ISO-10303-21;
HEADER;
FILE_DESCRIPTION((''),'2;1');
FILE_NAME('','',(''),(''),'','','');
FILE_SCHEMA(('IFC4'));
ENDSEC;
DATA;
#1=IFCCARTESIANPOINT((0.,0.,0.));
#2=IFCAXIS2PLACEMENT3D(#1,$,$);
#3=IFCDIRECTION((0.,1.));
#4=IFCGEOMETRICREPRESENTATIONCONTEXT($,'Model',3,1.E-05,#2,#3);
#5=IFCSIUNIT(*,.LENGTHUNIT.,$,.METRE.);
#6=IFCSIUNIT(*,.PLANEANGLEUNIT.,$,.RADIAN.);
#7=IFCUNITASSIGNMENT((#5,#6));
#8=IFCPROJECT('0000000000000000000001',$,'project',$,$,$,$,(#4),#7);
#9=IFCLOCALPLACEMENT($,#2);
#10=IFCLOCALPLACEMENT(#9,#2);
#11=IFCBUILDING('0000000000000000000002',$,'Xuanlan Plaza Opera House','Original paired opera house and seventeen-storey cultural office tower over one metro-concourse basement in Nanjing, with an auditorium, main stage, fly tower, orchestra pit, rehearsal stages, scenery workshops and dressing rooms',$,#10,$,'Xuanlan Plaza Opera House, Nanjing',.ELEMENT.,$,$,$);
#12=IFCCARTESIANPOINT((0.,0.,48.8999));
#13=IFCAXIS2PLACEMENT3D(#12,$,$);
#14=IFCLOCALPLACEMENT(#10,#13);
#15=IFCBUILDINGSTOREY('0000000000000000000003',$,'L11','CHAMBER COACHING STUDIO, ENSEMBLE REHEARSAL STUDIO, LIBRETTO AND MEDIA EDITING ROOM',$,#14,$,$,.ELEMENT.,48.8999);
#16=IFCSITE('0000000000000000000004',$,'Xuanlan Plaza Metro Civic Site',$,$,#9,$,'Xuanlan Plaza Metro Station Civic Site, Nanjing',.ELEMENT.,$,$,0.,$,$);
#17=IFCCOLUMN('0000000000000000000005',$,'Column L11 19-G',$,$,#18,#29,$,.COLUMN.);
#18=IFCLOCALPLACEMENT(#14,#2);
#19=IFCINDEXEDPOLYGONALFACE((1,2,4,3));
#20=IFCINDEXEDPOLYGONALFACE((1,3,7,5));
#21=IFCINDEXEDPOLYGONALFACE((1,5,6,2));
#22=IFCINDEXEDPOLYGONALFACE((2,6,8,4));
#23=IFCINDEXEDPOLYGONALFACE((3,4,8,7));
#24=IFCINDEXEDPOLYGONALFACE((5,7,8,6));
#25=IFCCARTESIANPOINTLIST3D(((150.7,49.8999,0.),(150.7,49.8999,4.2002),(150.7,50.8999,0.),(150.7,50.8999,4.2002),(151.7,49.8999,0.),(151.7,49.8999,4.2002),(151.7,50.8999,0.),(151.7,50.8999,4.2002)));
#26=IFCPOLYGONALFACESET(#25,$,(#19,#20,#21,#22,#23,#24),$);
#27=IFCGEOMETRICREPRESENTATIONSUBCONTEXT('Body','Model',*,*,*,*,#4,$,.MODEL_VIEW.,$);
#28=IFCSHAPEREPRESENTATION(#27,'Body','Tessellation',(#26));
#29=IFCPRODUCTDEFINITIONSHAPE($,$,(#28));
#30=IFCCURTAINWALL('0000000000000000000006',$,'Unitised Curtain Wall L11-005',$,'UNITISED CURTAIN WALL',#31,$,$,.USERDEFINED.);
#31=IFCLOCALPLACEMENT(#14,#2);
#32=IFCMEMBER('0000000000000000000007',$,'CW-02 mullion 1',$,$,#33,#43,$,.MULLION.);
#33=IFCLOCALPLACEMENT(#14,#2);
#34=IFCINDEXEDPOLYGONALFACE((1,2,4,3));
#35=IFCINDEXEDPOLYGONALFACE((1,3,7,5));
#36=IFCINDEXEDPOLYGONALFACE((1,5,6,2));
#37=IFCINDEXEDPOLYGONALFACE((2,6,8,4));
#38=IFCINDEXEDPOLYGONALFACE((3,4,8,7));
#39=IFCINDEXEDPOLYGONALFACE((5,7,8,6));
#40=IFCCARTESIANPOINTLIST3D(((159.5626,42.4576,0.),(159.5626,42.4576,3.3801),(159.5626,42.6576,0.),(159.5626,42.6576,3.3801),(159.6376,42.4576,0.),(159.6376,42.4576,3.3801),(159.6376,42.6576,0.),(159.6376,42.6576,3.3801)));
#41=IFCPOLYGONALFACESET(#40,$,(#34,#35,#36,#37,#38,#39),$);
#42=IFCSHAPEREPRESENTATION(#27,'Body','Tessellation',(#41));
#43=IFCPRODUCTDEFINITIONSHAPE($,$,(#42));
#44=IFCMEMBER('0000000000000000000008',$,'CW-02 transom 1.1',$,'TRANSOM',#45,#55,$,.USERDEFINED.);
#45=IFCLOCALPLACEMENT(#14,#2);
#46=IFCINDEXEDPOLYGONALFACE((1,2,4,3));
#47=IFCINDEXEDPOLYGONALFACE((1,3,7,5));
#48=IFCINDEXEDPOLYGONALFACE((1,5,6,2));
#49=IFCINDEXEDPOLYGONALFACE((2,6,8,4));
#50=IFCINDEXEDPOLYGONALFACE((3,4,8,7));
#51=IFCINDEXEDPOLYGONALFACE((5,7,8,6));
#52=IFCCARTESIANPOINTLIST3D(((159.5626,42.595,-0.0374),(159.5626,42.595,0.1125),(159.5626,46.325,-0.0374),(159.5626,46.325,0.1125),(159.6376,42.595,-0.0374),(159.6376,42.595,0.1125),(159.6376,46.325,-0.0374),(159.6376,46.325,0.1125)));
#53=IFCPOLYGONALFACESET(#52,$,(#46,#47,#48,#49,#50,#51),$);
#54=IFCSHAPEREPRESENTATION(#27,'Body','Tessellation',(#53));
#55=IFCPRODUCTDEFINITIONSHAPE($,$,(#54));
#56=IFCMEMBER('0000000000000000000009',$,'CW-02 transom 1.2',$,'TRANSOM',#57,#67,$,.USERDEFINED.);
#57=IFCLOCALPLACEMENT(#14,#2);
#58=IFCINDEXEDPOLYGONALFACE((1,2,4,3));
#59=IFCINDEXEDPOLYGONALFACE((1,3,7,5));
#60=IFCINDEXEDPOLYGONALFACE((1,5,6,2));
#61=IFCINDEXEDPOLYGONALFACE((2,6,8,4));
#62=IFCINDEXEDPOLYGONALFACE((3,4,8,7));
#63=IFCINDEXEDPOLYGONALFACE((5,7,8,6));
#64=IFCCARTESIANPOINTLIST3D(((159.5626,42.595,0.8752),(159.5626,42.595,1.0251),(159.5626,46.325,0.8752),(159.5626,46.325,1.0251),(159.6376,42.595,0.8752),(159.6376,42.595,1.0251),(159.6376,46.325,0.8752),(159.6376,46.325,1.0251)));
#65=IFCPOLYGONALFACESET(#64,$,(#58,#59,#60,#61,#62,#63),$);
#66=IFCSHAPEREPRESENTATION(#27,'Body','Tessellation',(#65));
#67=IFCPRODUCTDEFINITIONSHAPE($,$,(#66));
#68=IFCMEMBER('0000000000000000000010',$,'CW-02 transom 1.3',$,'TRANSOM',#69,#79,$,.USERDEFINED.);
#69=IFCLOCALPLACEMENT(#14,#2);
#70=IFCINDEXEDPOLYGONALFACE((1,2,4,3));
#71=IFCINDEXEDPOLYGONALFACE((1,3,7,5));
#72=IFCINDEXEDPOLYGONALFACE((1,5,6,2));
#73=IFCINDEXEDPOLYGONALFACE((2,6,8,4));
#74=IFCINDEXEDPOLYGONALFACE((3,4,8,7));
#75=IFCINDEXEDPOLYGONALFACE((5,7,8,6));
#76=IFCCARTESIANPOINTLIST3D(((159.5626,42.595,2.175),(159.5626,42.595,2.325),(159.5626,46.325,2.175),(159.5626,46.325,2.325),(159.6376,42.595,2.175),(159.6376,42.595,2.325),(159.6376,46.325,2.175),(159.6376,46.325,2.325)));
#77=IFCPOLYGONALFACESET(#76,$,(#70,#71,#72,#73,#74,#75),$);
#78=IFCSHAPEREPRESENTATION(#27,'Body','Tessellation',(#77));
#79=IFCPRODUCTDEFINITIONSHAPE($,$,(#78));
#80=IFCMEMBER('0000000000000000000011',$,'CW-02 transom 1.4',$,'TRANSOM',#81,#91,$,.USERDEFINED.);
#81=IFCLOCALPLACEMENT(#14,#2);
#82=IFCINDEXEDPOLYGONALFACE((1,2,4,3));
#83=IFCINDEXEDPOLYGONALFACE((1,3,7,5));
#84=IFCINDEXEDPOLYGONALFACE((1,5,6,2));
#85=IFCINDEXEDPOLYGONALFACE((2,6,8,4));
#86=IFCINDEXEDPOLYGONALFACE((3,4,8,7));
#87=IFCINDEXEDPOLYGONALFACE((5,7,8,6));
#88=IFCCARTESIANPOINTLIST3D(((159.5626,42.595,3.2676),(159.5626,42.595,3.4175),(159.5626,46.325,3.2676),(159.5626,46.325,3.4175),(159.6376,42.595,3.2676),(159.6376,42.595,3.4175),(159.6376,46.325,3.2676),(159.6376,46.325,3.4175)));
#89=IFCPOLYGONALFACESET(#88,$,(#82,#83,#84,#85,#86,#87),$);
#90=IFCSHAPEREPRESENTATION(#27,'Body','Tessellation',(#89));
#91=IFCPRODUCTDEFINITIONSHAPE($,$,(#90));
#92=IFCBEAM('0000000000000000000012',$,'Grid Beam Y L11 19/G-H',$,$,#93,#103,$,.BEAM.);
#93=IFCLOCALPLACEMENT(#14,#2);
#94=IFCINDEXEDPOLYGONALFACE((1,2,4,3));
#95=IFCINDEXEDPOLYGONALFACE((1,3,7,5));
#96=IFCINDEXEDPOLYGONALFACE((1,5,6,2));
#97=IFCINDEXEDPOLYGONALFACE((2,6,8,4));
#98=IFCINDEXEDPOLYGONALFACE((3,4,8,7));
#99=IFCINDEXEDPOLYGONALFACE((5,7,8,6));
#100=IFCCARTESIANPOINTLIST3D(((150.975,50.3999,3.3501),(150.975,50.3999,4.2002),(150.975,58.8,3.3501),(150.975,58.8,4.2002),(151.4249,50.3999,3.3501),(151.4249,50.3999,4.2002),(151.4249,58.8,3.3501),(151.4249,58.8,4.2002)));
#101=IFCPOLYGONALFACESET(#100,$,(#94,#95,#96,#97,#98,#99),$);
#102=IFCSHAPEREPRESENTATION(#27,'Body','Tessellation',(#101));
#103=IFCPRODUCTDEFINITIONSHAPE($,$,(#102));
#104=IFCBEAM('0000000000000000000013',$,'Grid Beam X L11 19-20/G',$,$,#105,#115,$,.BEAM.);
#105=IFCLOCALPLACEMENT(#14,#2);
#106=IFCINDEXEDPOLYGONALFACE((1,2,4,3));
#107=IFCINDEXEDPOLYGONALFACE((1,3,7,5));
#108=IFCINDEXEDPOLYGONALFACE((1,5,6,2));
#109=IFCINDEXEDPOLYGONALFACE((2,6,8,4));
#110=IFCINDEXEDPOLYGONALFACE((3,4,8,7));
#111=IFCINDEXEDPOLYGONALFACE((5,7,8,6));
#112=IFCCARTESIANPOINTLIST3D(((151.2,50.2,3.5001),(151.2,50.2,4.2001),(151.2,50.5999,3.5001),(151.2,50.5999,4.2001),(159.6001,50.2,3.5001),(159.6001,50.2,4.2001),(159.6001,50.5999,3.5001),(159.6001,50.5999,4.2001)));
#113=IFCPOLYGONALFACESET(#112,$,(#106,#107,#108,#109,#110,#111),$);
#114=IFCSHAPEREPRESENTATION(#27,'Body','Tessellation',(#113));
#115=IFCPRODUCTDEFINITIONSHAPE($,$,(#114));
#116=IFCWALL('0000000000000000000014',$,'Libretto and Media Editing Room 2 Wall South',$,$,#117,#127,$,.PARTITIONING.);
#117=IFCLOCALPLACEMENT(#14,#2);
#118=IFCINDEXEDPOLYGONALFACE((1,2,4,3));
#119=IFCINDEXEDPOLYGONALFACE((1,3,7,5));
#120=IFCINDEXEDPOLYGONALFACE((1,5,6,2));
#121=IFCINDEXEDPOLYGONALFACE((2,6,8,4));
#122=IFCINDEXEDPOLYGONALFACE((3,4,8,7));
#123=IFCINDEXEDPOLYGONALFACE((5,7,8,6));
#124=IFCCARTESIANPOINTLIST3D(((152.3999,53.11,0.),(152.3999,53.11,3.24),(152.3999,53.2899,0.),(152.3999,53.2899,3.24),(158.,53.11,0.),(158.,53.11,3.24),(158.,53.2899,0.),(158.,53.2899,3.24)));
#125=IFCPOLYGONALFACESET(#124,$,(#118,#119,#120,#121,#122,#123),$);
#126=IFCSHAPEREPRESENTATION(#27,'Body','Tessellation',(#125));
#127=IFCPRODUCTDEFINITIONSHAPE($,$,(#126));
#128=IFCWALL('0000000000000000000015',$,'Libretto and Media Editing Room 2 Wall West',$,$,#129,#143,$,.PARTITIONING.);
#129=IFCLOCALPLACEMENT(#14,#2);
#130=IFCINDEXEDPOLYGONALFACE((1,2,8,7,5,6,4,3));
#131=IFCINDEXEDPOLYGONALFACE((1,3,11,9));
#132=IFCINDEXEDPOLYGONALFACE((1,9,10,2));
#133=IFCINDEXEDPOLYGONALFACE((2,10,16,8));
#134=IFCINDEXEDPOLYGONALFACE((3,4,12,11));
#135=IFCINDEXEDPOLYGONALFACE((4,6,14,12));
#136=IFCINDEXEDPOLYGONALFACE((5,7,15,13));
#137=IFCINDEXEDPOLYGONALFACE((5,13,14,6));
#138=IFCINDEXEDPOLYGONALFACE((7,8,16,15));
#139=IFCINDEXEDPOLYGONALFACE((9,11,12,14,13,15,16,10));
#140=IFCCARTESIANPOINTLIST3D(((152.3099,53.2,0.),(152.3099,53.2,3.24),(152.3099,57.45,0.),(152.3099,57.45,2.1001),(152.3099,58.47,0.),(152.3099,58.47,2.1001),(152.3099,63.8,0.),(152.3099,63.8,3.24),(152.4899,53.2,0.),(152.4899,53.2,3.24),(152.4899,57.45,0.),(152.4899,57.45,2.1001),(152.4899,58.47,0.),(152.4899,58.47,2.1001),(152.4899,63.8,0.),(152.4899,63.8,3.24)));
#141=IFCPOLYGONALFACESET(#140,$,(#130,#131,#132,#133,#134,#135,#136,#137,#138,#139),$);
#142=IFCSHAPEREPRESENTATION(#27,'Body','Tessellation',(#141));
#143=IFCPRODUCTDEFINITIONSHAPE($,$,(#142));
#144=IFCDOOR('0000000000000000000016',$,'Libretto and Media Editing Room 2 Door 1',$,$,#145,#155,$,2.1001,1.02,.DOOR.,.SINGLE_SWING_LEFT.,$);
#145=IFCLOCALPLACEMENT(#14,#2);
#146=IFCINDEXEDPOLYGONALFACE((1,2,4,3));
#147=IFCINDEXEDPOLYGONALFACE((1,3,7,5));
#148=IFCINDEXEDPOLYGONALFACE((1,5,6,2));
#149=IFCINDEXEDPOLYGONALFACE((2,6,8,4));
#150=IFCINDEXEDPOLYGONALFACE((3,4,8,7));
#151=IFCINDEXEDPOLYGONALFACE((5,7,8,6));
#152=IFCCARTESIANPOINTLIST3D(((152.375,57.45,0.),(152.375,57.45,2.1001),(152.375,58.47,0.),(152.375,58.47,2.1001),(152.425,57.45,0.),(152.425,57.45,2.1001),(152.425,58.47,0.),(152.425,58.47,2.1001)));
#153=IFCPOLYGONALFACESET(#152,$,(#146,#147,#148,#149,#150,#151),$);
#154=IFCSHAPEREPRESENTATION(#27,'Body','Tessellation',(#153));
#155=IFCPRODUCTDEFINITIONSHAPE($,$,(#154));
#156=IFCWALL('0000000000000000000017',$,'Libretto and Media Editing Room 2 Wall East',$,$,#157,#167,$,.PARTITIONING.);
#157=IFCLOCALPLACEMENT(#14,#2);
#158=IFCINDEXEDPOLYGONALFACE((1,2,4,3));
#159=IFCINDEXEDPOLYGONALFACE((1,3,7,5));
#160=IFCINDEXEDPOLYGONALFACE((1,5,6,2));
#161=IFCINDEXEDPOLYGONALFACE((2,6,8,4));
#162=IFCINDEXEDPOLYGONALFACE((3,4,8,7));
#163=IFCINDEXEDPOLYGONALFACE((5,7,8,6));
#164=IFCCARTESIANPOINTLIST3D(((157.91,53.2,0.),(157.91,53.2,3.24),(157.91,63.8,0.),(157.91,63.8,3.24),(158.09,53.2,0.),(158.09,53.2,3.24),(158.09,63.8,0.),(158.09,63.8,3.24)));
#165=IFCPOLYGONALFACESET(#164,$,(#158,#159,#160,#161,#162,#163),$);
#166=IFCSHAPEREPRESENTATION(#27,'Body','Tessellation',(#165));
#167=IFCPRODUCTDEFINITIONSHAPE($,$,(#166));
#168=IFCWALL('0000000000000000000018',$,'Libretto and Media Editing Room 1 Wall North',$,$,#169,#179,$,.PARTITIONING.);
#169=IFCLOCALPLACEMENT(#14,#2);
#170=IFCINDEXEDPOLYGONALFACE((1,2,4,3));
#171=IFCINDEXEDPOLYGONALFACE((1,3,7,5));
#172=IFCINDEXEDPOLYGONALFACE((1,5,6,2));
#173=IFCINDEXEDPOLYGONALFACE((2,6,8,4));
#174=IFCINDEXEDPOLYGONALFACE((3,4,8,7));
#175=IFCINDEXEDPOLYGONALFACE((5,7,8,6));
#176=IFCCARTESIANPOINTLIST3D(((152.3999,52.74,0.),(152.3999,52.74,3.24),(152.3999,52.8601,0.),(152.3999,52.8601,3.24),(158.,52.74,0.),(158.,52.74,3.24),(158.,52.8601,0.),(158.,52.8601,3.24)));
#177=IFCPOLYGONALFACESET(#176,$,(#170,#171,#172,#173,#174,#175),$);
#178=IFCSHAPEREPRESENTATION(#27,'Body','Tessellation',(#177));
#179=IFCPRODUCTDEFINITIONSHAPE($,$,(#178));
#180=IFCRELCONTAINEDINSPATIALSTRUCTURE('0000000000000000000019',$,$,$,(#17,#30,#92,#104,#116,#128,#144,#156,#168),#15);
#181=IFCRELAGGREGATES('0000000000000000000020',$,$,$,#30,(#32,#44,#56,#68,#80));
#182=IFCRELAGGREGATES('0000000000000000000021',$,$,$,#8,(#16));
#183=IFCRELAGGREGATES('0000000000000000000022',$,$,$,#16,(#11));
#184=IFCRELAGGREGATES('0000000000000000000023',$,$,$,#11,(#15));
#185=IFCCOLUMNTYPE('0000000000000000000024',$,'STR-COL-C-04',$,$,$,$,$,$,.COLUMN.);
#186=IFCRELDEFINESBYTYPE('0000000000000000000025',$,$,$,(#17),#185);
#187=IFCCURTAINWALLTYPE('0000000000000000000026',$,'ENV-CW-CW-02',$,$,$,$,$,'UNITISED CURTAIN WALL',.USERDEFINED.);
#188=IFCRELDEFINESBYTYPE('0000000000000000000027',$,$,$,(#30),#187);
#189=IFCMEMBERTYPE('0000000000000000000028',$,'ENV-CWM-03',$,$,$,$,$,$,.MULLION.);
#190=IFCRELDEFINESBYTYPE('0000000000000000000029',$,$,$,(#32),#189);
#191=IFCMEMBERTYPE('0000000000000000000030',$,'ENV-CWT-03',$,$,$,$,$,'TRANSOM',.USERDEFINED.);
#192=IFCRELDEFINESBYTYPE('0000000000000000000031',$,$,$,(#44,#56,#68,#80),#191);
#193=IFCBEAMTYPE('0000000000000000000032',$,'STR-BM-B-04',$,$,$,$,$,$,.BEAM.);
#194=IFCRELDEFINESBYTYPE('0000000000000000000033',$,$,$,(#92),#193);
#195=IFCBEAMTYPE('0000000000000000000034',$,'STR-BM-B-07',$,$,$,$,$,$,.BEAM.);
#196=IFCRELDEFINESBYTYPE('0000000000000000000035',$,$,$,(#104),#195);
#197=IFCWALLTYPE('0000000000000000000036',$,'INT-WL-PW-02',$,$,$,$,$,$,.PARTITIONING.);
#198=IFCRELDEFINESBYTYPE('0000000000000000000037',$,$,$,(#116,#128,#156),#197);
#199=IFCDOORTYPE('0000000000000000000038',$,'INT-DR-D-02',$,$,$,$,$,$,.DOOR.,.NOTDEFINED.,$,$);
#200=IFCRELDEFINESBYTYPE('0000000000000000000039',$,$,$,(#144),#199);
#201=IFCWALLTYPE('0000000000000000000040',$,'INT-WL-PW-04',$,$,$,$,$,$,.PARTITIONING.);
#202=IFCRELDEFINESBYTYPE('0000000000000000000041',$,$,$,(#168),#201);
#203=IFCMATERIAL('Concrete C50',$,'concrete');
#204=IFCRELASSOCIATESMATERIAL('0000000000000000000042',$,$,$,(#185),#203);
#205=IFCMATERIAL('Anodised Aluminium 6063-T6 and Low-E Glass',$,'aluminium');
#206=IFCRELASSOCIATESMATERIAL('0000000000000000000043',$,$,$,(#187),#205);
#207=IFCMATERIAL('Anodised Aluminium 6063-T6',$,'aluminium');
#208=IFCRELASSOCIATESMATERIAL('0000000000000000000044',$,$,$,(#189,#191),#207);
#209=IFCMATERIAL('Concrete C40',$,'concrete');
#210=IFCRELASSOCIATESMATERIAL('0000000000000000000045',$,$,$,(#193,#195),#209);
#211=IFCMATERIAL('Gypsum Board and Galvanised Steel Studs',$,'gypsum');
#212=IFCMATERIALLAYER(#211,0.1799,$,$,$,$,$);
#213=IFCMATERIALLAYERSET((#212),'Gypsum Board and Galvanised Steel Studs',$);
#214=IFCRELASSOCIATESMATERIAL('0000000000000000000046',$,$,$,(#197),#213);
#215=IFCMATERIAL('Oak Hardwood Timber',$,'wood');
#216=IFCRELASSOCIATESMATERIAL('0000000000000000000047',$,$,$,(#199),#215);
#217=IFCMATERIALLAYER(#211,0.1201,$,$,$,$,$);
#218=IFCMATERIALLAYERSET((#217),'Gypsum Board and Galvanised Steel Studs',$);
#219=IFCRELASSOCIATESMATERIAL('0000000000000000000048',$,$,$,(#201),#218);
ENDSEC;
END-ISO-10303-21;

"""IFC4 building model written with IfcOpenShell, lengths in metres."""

from ifc_helpers import new_model, si_unit, direction, frame, frame_2d, origin, origin_2d, place, context, subcontext, project, spatial, rectangle, extrude, material, layer, layer_set, material_profile, profile_set, type_object, element, fill, aggregate, save


model = new_model("IFC4")

# Units and contexts
model_context = context("Model", 3, precision=1e-05, world=origin(), true_north=direction((0.0, 1.0)))
body_context = subcontext(model_context, "Body", "Model", "MODEL_VIEW")
ifc_project = project(units=[si_unit("LENGTHUNIT", "METRE"), si_unit("PLANEANGLEUNIT", "RADIAN")], contexts=[model_context])

# Site, building, storey
site_placement = place(None, origin())
site = spatial("IfcSite", under=ifc_project, at=site_placement, Name="Xuanlan Plaza Metro Civic Site", LongName="Xuanlan Plaza Metro Station Civic Site, Nanjing", CompositionType="ELEMENT", RefElevation=0.0)
building_placement = place(site_placement, origin())
building = spatial("IfcBuilding", under=site, at=building_placement, Name="Xuanlan Plaza Opera House", Description="Original paired opera house and seventeen-storey cultural office tower over one metro-concourse basement in Nanjing, with an auditorium, main stage, fly tower, orchestra pit, rehearsal stages, scenery workshops and dressing rooms", LongName="Xuanlan Plaza Opera House, Nanjing", CompositionType="ELEMENT")
storey_placement = place(building_placement, frame((0.0, 0.0, 48.8999)))
storey = spatial("IfcBuildingStorey", under=building, at=storey_placement, Name="L11", Description="CHAMBER COACHING STUDIO, ENSEMBLE REHEARSAL STUDIO, LIBRETTO AND MEDIA EDITING ROOM", CompositionType="ELEMENT", Elevation=48.8999)

# Column
ifc_material_1 = material(Name="Concrete C50", Category="concrete")
ifc_material_profile_1 = material_profile(ifc_material_1, rectangle(XDim=1.0, YDim=1.0, at=origin_2d()), Name="RC-COL 1000x1000")
ifc_profile_set_1 = profile_set([ifc_material_profile_1], Name="Concrete C50")
column_type = type_object("IfcColumnType", Name="STR-COL-C-04", PredefinedType="COLUMN", material=ifc_profile_set_1)
column_placement = place(storey_placement, frame((151.2, 50.3999, 0.0), z_axis=(0.0, 0.0, 1.0), x_axis=(1.0, 0.0, 0.0)))
element("IfcColumn", 1, at=column_placement, inside=storey, type_object=column_type, Name="Column L11 19-G", PredefinedType="COLUMN", context=body_context, shape_type="SweptSolid", body=[
    extrude(rectangle(XDim=1.0, YDim=1.0, at=origin_2d()), origin(), (0.0, 0.0, 1.0), 4.2002),
])

# Curtain wall, members
ifc_material_2 = material(Name="Anodised Aluminium 6063-T6 and Low-E Glass", Category="aluminium")
curtain_wall_type = type_object("IfcCurtainWallType", Name="ENV-CW-CW-02", ElementType="UNITISED CURTAIN WALL", PredefinedType="USERDEFINED", material=ifc_material_2)
curtain_wall_placement = place(storey_placement, origin())
curtain_wall = element("IfcCurtainWall", 2, at=curtain_wall_placement, inside=storey, type_object=curtain_wall_type, Name="Unitised Curtain Wall L11-005", ObjectType="UNITISED CURTAIN WALL", PredefinedType="USERDEFINED")
ifc_material_3 = material(Name="Anodised Aluminium 6063-T6", Category="aluminium")
ifc_material_profile_2 = material_profile(ifc_material_3, rectangle(XDim=0.075, YDim=0.2, at=origin_2d()), Name="ALU-M 75x200")
ifc_profile_set_2 = profile_set([ifc_material_profile_2], Name="Anodised Aluminium 6063-T6")
member_type_1 = type_object("IfcMemberType", Name="ENV-CWM-03", PredefinedType="MULLION", material=ifc_profile_set_2)
member_1_placement = place(storey_placement, frame((159.6001, 42.5576, 0.0), z_axis=(0.0, 0.0, 1.0), x_axis=(-1.0, 0.0, 0.0)))
member_1 = element("IfcMember", 3, at=member_1_placement, type_object=member_type_1, Name="CW-02 mullion 1", PredefinedType="MULLION", context=body_context, shape_type="SweptSolid", body=[
    extrude(rectangle(XDim=0.075, YDim=0.2, at=origin_2d()), origin(), (0.0, 0.0, 1.0), 3.3801),
])
ifc_material_profile_3 = material_profile(ifc_material_3, rectangle(XDim=0.075, YDim=0.1499, at=origin_2d()), Name="ALU-T 75x150")
ifc_profile_set_3 = profile_set([ifc_material_profile_3], Name="Anodised Aluminium 6063-T6")
member_type_2 = type_object("IfcMemberType", Name="ENV-CWT-03", ElementType="TRANSOM", PredefinedType="USERDEFINED", material=ifc_profile_set_3)
member_2_placement = place(storey_placement, frame((159.6001, 42.595, 0.0376), z_axis=(0.0, 1.0, 0.0), x_axis=(-1.0, 0.0, 0.0)))
member_2 = element("IfcMember", 4, at=member_2_placement, type_object=member_type_2, Name="CW-02 transom 1.1", ObjectType="TRANSOM", PredefinedType="USERDEFINED", context=body_context, shape_type="SweptSolid", body=[
    extrude(rectangle(XDim=0.075, YDim=0.1499, at=origin_2d()), origin(), (0.0, 0.0, 1.0), 3.73),
])
member_3_placement = place(storey_placement, frame((159.6001, 42.595, 0.9502), z_axis=(0.0, 1.0, 0.0), x_axis=(-1.0, 0.0, 0.0)))
member_3 = element("IfcMember", 5, at=member_3_placement, type_object=member_type_2, Name="CW-02 transom 1.2", ObjectType="TRANSOM", PredefinedType="USERDEFINED", context=body_context, shape_type="SweptSolid", body=[
    extrude(rectangle(XDim=0.075, YDim=0.1499, at=origin_2d()), origin(), (0.0, 0.0, 1.0), 3.73),
])
member_4_placement = place(storey_placement, frame((159.6001, 42.595, 2.25), z_axis=(0.0, 1.0, 0.0), x_axis=(-1.0, 0.0, 0.0)))
member_4 = element("IfcMember", 6, at=member_4_placement, type_object=member_type_2, Name="CW-02 transom 1.3", ObjectType="TRANSOM", PredefinedType="USERDEFINED", context=body_context, shape_type="SweptSolid", body=[
    extrude(rectangle(XDim=0.075, YDim=0.1499, at=origin_2d()), origin(), (0.0, 0.0, 1.0), 3.73),
])
member_5_placement = place(storey_placement, frame((159.6001, 42.595, 3.3425), z_axis=(0.0, 1.0, 0.0), x_axis=(-1.0, 0.0, 0.0)))
member_5 = element("IfcMember", 7, at=member_5_placement, type_object=member_type_2, Name="CW-02 transom 1.4", ObjectType="TRANSOM", PredefinedType="USERDEFINED", context=body_context, shape_type="SweptSolid", body=[
    extrude(rectangle(XDim=0.075, YDim=0.1499, at=origin_2d()), origin(), (0.0, 0.0, 1.0), 3.73),
])
aggregate(curtain_wall, [member_1, member_2, member_3, member_4, member_5])

# Beams
ifc_material_4 = material(Name="Concrete C40", Category="concrete")
ifc_material_profile_4 = material_profile(ifc_material_4, rectangle(XDim=0.45, YDim=0.8501, at=origin_2d()), Name="RC-BM 450x850")
ifc_profile_set_4 = profile_set([ifc_material_profile_4], Name="Concrete C40")
beam_type_1 = type_object("IfcBeamType", Name="STR-BM-B-04", PredefinedType="BEAM", material=ifc_profile_set_4)
beam_1_placement = place(storey_placement, frame((151.2, 50.3999, 3.7751), z_axis=(0.0, 1.0, 0.0), x_axis=(-1.0, 0.0, 0.0)))
element("IfcBeam", 8, at=beam_1_placement, inside=storey, type_object=beam_type_1, Name="Grid Beam Y L11 19/G-H", PredefinedType="BEAM", context=body_context, shape_type="SweptSolid", body=[
    extrude(rectangle(XDim=0.45, YDim=0.8501, at=origin_2d()), origin(), (0.0, 0.0, 1.0), 8.4001),
])
ifc_material_profile_5 = material_profile(ifc_material_4, rectangle(XDim=0.3999, YDim=0.7, at=origin_2d()), Name="RC-BM 400x700")
ifc_profile_set_5 = profile_set([ifc_material_profile_5], Name="Concrete C40")
beam_type_2 = type_object("IfcBeamType", Name="STR-BM-B-07", PredefinedType="BEAM", material=ifc_profile_set_5)
beam_2_placement = place(storey_placement, frame((151.2, 50.3999, 3.8501), z_axis=(1.0, 0.0, 0.0), x_axis=(0.0, 1.0, 0.0)))
element("IfcBeam", 9, at=beam_2_placement, inside=storey, type_object=beam_type_2, Name="Grid Beam X L11 19-20/G", PredefinedType="BEAM", context=body_context, shape_type="SweptSolid", body=[
    extrude(rectangle(XDim=0.3999, YDim=0.7, at=origin_2d()), origin(), (0.0, 0.0, 1.0), 8.4001),
])

# Wall
ifc_material_5 = material(Name="Gypsum Board and Galvanised Steel Studs", Category="gypsum")
ifc_layer_1 = layer(ifc_material_5, 0.1799)
ifc_layer_set_1 = layer_set([ifc_layer_1], Name="Gypsum Board and Galvanised Steel Studs")
wall_type_1 = type_object("IfcWallType", Name="INT-WL-PW-02", PredefinedType="PARTITIONING", material=ifc_layer_set_1)
wall_1_placement = place(storey_placement, frame((152.3999, 53.2, 0.0), z_axis=(0.0, 0.0, 1.0), x_axis=(1.0, 0.0, 0.0)))
element("IfcWall", 10, at=wall_1_placement, inside=storey, type_object=wall_type_1, Name="Libretto and Media Editing Room 2 Wall South", PredefinedType="PARTITIONING", context=body_context, shape_type="SweptSolid", body=[
    extrude(rectangle(XDim=5.6001, YDim=0.1799, at=frame_2d((2.8, 0.0))), origin(), (0.0, 0.0, 1.0), 3.24),
])

# Wall, opening, door
wall_2_placement = place(storey_placement, frame((152.3999, 53.2, 0.0), z_axis=(0.0, 0.0, 1.0), x_axis=(0.0, 1.0, 0.0)))
wall_2 = element("IfcWall", 11, at=wall_2_placement, inside=storey, type_object=wall_type_1, Name="Libretto and Media Editing Room 2 Wall West", PredefinedType="PARTITIONING", context=body_context, shape_type="SweptSolid", body=[
    extrude(rectangle(XDim=10.6001, YDim=0.1799, at=frame_2d((5.3, 0.0))), origin(), (0.0, 0.0, 1.0), 3.24),
])
opening_1_placement = place(wall_2_placement, frame((4.25, 0.0, 0.0)))
opening_1 = element("IfcOpeningElement", 12, at=opening_1_placement, cuts=wall_2, PredefinedType="OPENING", context=body_context, shape_type="SweptSolid", body=[
    extrude(rectangle(XDim=1.02, YDim=2.1001, at=frame_2d((0.51, 1.05))), frame((0.0, 0.0999, 0.0), z_axis=(0.0, -1.0, 0.0), x_axis=(1.0, 0.0, 0.0)), (0.0, 0.0, 1.0), 0.2),
])
ifc_material_6 = material(Name="Oak Hardwood Timber", Category="wood")
door_type_1 = type_object("IfcDoorType", Name="INT-DR-D-02", OperationType="NOTDEFINED", PredefinedType="DOOR", material=ifc_material_6)
door_1_placement = place(opening_1_placement, origin())
door_1 = element("IfcDoor", 13, at=door_1_placement, inside=storey, type_object=door_type_1, Name="Libretto and Media Editing Room 2 Door 1", OperationType="SINGLE_SWING_LEFT", OverallHeight=2.1001, OverallWidth=1.02, PredefinedType="DOOR", context=body_context, shape_type="SweptSolid", body=[
    extrude(rectangle(XDim=1.02, YDim=2.1001, at=frame_2d((0.51, 1.05))), frame((0.0, 0.0249, 0.0), z_axis=(0.0, -1.0, 0.0), x_axis=(1.0, 0.0, 0.0)), (0.0, 0.0, 1.0), 0.05),
])
fill(opening_1, door_1)

# Walls
wall_3_placement = place(storey_placement, frame((158.0, 53.2, 0.0), z_axis=(0.0, 0.0, 1.0), x_axis=(0.0, 1.0, 0.0)))
element("IfcWall", 14, at=wall_3_placement, inside=storey, type_object=wall_type_1, Name="Libretto and Media Editing Room 2 Wall East", PredefinedType="PARTITIONING", context=body_context, shape_type="SweptSolid", body=[
    extrude(rectangle(XDim=10.6001, YDim=0.1799, at=frame_2d((5.3, 0.0))), origin(), (0.0, 0.0, 1.0), 3.24),
])
ifc_layer_2 = layer(ifc_material_5, 0.1201)
ifc_layer_set_2 = layer_set([ifc_layer_2], Name="Gypsum Board and Galvanised Steel Studs")
wall_type_2 = type_object("IfcWallType", Name="INT-WL-PW-04", PredefinedType="PARTITIONING", material=ifc_layer_set_2)
wall_4_placement = place(storey_placement, frame((152.3999, 52.8, 0.0), z_axis=(0.0, 0.0, 1.0), x_axis=(1.0, 0.0, 0.0)))
element("IfcWall", 15, at=wall_4_placement, inside=storey, type_object=wall_type_2, Name="Libretto and Media Editing Room 1 Wall North", PredefinedType="PARTITIONING", context=body_context, shape_type="SweptSolid", body=[
    extrude(rectangle(XDim=5.6001, YDim=0.1201, at=frame_2d((2.8, 0.0))), origin(), (0.0, 0.0, 1.0), 3.24),
])

save(model, "model.ifc")
